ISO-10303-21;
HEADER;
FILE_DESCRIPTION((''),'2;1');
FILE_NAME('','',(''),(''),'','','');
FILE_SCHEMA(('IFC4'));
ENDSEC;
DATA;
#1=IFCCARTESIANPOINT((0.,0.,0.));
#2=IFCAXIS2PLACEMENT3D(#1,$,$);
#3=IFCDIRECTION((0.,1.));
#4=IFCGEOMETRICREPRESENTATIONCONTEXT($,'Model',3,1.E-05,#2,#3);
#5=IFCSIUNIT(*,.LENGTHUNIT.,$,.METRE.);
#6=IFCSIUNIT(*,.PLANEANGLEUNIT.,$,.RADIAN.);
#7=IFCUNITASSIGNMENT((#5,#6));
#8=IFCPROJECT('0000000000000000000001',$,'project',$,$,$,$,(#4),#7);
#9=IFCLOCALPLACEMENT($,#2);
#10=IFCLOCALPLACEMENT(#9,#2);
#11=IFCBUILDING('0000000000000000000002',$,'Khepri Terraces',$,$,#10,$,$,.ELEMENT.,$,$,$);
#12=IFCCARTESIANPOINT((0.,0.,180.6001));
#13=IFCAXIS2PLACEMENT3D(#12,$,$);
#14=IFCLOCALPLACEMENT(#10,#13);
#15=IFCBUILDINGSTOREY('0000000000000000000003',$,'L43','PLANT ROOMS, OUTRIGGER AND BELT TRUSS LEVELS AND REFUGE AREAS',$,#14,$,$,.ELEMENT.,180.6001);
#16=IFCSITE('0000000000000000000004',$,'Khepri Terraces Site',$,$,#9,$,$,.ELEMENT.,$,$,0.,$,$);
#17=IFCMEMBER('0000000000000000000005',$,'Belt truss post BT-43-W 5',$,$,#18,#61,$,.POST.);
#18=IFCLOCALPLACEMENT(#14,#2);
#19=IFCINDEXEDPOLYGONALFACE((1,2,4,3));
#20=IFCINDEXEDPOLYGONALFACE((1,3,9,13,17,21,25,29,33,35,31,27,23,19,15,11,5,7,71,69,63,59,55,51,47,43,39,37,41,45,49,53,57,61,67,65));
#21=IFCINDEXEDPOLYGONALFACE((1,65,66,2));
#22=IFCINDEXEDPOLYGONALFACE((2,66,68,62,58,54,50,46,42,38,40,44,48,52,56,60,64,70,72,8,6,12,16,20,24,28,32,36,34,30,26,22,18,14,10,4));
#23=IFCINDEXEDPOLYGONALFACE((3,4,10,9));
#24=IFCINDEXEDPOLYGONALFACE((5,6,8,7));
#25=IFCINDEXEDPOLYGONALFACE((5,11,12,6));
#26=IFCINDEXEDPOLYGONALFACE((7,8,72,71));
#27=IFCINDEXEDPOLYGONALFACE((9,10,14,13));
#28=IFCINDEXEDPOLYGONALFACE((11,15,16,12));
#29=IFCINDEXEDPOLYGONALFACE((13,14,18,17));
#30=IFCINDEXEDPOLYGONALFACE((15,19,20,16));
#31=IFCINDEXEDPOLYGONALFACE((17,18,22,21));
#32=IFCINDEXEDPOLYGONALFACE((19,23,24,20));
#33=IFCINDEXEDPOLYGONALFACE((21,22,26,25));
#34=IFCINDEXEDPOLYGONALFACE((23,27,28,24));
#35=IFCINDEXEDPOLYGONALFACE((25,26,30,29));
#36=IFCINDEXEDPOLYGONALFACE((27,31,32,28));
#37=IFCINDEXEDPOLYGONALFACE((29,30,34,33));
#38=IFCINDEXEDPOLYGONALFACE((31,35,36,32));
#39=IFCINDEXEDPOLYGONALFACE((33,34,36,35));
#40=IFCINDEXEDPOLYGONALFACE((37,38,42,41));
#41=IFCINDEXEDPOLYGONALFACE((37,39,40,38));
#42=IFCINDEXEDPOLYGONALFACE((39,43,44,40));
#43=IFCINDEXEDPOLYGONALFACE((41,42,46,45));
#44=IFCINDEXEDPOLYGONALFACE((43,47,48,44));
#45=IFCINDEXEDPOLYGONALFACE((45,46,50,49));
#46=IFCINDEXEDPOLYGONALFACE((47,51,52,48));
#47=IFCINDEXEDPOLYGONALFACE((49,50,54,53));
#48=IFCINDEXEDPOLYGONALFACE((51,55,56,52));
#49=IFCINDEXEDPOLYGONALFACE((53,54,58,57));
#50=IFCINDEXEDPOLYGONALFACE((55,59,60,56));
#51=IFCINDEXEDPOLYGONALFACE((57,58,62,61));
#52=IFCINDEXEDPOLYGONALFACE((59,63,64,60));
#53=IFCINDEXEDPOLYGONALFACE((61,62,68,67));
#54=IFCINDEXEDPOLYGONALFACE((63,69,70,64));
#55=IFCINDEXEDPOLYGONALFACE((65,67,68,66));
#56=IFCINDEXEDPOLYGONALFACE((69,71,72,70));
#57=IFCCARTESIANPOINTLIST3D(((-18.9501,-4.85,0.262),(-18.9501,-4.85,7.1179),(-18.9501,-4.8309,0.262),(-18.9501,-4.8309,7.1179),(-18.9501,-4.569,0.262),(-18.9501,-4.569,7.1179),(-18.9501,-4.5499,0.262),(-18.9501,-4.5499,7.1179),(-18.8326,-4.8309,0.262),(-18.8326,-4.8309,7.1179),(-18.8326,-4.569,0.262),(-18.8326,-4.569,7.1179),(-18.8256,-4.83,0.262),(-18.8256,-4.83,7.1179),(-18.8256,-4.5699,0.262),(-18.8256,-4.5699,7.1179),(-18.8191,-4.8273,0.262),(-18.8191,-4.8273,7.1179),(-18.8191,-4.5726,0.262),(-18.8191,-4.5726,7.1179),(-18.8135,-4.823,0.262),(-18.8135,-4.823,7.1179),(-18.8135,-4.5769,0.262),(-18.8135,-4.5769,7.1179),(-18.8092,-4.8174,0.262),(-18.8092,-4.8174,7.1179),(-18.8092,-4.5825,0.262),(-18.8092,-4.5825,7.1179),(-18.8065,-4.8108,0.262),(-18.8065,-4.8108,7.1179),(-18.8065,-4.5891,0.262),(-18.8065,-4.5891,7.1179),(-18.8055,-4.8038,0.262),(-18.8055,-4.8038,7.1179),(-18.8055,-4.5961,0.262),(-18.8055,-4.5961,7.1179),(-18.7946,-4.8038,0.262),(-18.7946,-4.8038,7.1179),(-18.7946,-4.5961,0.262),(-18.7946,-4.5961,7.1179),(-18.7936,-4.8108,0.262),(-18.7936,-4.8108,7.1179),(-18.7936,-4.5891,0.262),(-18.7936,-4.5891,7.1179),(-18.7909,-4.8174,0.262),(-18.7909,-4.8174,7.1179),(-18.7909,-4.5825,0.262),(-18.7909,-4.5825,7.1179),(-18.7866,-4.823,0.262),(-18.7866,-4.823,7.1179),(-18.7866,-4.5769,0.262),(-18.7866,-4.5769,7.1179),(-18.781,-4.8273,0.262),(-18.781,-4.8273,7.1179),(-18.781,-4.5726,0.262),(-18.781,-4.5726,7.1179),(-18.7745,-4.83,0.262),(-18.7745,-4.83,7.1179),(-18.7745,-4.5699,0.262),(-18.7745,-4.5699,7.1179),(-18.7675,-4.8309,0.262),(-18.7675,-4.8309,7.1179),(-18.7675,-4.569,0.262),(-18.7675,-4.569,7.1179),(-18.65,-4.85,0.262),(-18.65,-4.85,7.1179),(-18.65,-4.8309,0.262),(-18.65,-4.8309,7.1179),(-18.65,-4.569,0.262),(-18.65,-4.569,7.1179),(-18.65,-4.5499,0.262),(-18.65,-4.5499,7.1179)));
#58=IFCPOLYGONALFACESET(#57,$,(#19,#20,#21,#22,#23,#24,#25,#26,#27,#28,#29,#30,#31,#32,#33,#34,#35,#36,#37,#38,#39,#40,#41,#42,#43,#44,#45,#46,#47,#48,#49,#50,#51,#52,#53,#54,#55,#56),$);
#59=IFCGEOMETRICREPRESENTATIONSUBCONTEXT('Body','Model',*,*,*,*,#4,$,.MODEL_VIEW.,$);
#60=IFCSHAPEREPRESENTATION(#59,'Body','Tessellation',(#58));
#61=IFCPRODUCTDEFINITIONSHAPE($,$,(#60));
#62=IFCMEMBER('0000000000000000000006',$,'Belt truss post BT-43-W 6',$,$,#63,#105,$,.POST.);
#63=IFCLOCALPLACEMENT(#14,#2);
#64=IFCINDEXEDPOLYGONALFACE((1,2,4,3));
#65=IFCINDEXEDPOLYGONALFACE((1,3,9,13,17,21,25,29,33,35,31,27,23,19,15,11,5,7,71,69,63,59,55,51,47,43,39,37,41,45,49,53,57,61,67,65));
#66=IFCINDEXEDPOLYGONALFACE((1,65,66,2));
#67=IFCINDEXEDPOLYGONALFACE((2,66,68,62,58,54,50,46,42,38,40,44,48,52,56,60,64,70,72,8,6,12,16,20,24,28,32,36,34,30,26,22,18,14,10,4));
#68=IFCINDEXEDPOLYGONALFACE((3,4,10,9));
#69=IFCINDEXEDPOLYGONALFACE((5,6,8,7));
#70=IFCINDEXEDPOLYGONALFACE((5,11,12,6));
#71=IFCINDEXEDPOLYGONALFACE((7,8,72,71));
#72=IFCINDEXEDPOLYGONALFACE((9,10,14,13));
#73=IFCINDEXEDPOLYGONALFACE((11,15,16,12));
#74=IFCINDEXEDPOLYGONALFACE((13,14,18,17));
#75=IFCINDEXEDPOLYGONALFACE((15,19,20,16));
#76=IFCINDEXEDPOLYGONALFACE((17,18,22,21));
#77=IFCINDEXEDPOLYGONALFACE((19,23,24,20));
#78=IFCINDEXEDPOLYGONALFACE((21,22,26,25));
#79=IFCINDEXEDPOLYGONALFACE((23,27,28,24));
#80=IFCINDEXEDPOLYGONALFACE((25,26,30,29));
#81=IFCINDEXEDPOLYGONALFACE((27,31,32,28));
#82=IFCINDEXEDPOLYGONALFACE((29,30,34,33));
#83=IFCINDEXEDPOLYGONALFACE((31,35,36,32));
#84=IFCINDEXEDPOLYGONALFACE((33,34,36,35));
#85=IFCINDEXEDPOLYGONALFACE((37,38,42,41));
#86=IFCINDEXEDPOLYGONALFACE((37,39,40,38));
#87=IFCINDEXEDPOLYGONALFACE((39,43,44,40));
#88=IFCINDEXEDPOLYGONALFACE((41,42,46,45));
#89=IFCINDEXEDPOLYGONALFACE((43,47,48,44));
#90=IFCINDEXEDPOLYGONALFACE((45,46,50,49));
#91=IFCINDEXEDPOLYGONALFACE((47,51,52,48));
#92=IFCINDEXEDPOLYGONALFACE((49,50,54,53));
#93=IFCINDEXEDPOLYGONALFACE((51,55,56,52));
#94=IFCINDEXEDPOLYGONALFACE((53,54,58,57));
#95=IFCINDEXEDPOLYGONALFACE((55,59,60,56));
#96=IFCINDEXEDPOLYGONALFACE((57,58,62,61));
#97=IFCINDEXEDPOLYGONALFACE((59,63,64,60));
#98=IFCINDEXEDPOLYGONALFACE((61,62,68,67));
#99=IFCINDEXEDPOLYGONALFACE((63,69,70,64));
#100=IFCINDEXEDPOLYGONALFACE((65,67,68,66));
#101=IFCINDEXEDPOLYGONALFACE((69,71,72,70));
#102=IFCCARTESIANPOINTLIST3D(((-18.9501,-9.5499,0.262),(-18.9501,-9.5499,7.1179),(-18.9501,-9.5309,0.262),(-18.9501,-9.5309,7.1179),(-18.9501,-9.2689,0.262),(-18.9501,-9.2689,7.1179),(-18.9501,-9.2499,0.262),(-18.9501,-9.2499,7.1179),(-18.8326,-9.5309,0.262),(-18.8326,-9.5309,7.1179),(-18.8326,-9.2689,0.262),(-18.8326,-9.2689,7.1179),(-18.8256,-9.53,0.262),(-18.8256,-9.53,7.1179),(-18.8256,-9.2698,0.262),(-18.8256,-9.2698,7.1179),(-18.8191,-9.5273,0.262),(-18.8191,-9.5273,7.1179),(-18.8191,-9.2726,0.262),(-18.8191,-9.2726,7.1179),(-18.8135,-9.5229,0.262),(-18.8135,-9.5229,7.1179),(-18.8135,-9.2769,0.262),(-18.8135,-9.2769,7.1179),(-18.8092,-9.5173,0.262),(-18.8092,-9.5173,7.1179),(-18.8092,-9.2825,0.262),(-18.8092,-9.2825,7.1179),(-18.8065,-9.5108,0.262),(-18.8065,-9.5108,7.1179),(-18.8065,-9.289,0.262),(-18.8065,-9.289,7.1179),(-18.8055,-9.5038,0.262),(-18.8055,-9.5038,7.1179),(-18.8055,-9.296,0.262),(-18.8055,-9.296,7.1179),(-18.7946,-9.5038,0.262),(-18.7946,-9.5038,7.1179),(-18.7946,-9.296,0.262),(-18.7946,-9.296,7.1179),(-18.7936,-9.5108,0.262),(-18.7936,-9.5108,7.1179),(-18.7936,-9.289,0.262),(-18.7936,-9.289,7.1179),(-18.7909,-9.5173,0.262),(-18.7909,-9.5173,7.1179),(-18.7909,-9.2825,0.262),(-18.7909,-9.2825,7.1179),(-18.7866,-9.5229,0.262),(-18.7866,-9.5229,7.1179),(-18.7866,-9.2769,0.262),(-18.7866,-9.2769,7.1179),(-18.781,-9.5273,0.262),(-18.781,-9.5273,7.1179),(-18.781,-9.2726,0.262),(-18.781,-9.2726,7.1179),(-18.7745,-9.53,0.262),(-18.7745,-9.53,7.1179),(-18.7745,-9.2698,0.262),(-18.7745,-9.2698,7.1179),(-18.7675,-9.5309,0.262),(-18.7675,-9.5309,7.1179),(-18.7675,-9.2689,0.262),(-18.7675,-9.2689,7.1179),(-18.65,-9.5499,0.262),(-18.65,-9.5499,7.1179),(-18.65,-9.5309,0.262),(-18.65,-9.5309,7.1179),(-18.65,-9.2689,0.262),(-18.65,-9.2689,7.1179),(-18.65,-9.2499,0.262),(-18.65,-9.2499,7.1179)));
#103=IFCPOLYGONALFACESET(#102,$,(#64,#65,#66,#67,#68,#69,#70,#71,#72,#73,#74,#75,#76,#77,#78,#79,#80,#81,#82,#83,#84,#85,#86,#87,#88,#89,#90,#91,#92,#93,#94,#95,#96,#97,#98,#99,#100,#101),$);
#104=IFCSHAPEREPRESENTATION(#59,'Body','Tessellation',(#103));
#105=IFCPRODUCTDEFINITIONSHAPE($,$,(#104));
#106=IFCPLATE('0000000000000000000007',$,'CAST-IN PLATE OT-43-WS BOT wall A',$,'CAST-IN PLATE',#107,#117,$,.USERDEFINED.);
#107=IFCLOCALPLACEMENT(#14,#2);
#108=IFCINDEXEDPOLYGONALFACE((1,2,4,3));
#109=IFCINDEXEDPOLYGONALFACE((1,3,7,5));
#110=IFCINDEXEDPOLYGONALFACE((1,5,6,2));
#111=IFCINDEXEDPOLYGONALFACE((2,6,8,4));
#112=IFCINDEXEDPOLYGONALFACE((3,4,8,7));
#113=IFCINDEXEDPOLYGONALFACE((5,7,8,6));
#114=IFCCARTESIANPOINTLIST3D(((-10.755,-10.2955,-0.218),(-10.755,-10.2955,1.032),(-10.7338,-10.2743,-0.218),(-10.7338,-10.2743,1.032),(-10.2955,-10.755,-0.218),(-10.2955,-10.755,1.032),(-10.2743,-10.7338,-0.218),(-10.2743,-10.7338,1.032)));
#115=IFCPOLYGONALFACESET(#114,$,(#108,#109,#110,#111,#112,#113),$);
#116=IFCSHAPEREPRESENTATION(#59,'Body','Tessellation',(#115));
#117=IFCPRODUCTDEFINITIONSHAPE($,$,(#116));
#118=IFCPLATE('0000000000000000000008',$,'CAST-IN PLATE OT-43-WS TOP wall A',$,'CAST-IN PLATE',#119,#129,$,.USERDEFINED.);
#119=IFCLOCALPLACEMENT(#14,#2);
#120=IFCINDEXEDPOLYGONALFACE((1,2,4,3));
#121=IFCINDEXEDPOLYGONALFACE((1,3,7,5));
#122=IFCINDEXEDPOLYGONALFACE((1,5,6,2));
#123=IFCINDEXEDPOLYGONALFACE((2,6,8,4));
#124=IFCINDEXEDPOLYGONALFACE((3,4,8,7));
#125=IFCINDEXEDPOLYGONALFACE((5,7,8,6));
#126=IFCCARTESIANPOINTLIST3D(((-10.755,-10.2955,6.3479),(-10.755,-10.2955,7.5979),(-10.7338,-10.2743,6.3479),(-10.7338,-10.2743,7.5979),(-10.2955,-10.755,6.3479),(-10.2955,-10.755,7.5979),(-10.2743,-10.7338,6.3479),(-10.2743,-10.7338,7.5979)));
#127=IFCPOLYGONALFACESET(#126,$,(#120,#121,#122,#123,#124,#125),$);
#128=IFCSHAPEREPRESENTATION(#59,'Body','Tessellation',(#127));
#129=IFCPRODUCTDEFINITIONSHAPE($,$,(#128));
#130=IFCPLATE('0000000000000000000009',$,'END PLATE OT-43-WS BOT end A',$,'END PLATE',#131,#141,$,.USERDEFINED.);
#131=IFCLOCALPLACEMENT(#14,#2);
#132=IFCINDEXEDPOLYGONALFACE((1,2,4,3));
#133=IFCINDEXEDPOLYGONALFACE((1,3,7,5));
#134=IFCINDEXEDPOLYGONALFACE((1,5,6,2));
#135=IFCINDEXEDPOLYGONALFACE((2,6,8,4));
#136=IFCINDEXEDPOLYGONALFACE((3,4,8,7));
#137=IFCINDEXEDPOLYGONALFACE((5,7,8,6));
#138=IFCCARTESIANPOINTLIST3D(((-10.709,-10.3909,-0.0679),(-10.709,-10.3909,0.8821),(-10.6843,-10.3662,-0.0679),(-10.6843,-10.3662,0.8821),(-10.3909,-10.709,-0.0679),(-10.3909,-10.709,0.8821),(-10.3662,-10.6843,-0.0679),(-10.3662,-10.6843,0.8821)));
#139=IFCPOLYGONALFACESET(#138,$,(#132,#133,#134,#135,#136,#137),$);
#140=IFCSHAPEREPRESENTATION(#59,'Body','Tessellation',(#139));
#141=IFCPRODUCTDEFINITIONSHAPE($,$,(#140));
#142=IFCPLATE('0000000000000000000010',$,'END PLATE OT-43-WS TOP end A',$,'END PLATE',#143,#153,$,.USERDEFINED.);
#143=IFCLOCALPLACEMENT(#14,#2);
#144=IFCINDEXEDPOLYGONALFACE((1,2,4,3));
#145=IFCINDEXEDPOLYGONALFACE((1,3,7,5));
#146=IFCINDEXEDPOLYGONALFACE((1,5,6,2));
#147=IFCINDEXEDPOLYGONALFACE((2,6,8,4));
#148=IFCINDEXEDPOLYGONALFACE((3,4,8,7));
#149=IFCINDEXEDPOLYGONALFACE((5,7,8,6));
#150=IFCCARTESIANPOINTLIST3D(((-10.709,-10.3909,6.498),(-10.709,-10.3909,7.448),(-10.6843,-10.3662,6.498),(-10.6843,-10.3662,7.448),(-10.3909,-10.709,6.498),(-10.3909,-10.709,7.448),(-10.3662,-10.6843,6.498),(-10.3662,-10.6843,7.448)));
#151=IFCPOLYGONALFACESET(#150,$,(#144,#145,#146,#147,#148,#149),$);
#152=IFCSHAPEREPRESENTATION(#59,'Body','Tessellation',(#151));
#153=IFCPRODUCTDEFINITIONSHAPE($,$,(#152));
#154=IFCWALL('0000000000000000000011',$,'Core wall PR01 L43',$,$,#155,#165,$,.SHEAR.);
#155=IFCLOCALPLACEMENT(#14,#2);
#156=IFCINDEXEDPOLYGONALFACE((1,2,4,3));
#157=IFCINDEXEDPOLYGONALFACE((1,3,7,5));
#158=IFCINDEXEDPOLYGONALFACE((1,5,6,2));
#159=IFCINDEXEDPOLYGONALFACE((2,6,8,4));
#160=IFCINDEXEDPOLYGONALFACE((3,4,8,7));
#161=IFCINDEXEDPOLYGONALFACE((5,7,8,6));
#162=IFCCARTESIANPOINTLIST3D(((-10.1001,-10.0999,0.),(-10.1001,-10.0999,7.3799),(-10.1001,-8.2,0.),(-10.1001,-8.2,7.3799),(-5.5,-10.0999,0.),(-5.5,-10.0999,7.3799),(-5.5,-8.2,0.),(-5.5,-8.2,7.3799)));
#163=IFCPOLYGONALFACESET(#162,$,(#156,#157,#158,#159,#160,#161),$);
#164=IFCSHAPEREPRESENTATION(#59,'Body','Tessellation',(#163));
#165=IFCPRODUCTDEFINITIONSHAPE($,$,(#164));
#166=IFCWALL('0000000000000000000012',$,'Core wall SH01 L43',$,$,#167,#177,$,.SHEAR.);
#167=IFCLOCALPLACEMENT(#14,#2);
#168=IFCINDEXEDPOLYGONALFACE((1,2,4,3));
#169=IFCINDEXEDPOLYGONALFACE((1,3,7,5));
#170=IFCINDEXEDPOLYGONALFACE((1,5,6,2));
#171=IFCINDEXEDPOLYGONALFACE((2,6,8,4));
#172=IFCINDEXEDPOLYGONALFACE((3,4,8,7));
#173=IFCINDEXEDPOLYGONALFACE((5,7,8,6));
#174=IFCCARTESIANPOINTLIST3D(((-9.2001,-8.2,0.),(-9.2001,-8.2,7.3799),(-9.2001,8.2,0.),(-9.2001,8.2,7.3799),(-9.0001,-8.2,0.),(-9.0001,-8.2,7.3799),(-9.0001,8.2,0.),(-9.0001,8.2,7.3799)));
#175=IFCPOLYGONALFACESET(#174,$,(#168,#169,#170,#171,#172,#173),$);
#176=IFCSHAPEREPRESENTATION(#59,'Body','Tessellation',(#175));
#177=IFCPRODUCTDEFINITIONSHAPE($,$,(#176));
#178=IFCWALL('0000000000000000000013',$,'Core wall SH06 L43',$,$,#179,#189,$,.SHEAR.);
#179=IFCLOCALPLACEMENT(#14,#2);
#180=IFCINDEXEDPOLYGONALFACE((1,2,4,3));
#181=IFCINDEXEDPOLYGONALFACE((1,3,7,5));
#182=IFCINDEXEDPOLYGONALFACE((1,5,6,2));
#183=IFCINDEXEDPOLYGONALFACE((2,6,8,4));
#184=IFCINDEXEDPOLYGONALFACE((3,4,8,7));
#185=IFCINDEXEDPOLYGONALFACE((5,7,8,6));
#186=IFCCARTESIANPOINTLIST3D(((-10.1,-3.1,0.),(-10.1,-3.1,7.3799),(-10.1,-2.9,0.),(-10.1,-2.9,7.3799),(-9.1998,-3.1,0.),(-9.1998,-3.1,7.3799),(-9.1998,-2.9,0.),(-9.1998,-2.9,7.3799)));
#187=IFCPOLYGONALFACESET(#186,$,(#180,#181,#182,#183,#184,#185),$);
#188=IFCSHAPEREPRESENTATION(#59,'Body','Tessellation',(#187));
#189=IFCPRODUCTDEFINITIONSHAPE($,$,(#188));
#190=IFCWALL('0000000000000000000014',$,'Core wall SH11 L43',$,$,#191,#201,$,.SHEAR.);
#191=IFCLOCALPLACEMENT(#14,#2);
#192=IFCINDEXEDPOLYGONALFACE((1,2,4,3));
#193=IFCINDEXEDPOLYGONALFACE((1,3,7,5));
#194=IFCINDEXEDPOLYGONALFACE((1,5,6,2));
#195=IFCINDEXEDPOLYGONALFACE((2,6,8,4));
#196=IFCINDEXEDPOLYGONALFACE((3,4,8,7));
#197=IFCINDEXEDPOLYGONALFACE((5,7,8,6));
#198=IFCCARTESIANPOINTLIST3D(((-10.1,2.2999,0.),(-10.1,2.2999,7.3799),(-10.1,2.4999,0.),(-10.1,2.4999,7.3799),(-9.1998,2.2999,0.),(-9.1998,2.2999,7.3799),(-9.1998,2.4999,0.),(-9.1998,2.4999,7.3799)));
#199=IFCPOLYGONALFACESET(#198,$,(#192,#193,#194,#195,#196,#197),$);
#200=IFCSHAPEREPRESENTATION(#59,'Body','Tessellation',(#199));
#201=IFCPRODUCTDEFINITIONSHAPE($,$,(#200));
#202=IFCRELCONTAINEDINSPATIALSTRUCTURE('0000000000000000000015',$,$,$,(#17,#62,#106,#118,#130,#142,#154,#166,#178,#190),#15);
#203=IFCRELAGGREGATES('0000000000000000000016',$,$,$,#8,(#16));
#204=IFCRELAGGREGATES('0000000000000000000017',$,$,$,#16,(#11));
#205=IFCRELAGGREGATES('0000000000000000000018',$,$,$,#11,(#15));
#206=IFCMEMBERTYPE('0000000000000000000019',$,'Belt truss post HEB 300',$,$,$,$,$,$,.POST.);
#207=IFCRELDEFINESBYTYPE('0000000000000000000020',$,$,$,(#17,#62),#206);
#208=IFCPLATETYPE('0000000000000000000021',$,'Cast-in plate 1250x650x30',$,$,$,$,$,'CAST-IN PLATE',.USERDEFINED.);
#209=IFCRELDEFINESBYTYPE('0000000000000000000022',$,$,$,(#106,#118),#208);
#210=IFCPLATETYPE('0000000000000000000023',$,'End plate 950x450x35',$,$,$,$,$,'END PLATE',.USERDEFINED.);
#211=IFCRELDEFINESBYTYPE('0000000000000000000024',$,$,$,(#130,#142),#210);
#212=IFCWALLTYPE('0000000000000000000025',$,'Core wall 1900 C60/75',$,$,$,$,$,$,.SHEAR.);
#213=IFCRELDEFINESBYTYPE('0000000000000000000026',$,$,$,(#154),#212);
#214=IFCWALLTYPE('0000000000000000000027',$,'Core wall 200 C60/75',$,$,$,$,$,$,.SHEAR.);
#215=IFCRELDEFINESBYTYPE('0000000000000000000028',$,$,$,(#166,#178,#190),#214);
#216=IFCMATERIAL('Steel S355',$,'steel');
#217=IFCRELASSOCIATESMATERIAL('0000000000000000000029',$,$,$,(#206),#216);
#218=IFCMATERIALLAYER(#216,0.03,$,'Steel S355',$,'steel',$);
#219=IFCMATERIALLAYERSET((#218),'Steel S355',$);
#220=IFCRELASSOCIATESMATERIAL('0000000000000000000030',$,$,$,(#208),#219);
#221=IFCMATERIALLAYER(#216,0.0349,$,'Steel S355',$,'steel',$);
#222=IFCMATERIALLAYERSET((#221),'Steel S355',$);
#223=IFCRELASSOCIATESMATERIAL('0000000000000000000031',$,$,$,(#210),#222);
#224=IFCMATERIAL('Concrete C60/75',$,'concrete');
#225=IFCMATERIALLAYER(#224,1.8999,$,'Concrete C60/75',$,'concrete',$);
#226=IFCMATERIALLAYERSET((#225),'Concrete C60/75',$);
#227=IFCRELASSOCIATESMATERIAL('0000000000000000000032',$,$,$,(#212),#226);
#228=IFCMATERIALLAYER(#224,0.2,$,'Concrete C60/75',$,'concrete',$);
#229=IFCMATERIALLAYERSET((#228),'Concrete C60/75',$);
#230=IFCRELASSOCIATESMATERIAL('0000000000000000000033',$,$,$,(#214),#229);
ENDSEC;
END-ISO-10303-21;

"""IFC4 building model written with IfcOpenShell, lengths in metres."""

from ifc_helpers import new_model, si_unit, direction, frame, frame_2d, origin, origin_2d, place, context, subcontext, project, spatial, rectangle, i_section, extrude, material, layer, layer_set, material_profile, profile_set, type_object, element, save


model = new_model("IFC4")

# Units and contexts
model_context = context("Model", 3, precision=1e-05, world=origin(), true_north=direction((0.0, 1.0)))
body_context = subcontext(model_context, "Body", "Model", "MODEL_VIEW")
ifc_project = project(units=[si_unit("LENGTHUNIT", "METRE"), si_unit("PLANEANGLEUNIT", "RADIAN")], contexts=[model_context])

# Site, building, storey
site_placement = place(None, origin())
site = spatial("IfcSite", under=ifc_project, at=site_placement, Name="Khepri Terraces Site", CompositionType="ELEMENT", RefElevation=0.0)
building_placement = place(site_placement, origin())
building = spatial("IfcBuilding", under=site, at=building_placement, Name="Khepri Terraces", CompositionType="ELEMENT")
storey_placement = place(building_placement, frame((0.0, 0.0, 180.6001)))
storey = spatial("IfcBuildingStorey", under=building, at=storey_placement, Name="L43", Description="PLANT ROOMS, OUTRIGGER AND BELT TRUSS LEVELS AND REFUGE AREAS", CompositionType="ELEMENT", Elevation=180.6001)

# Shared definitions
ifc_material_1 = material(Name="Concrete C60/75", Category="concrete")

# Members
ifc_material_2 = material(Name="Steel S355", Category="steel")
ifc_material_profile_1 = material_profile(ifc_material_2, i_section(OverallWidth=0.3, OverallDepth=0.3, WebThickness=0.011, FlangeThickness=0.019, FilletRadius=0.0271, at=origin_2d()), Name="Steel S355", Category="steel")
ifc_profile_set_1 = profile_set([ifc_material_profile_1], Name="Steel S355")
member_type_1 = type_object("IfcMemberType", Name="Belt truss post HEB 300", PredefinedType="POST", material=ifc_profile_set_1)
for number, where, z_axis, x_axis, name in (
    (1, (-18.8, -4.7, 0.262), (0.0, 0.0, 1.0), (1.0, 0.0, 0.0), "Belt truss post BT-43-W 5"),
    (2, (-18.8, -9.3999, 0.262), (0.0, 0.0, 1.0), (1.0, 0.0, 0.0), "Belt truss post BT-43-W 6"),
):
    element("IfcMember", number, at=place(storey_placement, frame(where, z_axis=z_axis, x_axis=x_axis)), inside=storey, type_object=member_type_1, Name=name, PredefinedType="POST", context=body_context, shape_type="SweptSolid", body=[
        extrude(i_section(OverallWidth=0.3, OverallDepth=0.3, WebThickness=0.011, FlangeThickness=0.019, FilletRadius=0.0271, at=origin_2d()), origin(), (0.0, 0.0, 1.0), 6.856),
    ])

# Plates
ifc_layer_1 = layer(ifc_material_2, 0.03, Name="Steel S355", Category="steel")
ifc_layer_set_1 = layer_set([ifc_layer_1], Name="Steel S355")
plate_type_1 = type_object("IfcPlateType", Name="Cast-in plate 1250x650x30", ElementType="CAST-IN PLATE", PredefinedType="USERDEFINED", material=ifc_layer_set_1)
for number, where, z_axis, x_axis, name in (
    (3, (-10.5146, -10.5146, -0.218), (0.0, 0.0, 1.0), (-0.707107, -0.707107, 0.0), "CAST-IN PLATE OT-43-WS BOT wall A"),
    (4, (-10.5146, -10.5146, 6.3479), (0.0, 0.0, 1.0), (-0.707107, -0.707107, 0.0), "CAST-IN PLATE OT-43-WS TOP wall A"),
):
    element("IfcPlate", number, at=place(storey_placement, frame(where, z_axis=z_axis, x_axis=x_axis)), inside=storey, type_object=plate_type_1, Name=name, ObjectType="CAST-IN PLATE", PredefinedType="USERDEFINED", context=body_context, shape_type="SweptSolid", body=[
        extrude(rectangle(XDim=0.03, YDim=0.6499, at=origin_2d()), origin(), (0.0, 0.0, 1.0), 1.25),
    ])
ifc_layer_2 = layer(ifc_material_2, 0.0349, Name="Steel S355", Category="steel")
ifc_layer_set_2 = layer_set([ifc_layer_2], Name="Steel S355")
plate_type_2 = type_object("IfcPlateType", Name="End plate 950x450x35", ElementType="END PLATE", PredefinedType="USERDEFINED", material=ifc_layer_set_2)
for number, where, z_axis, x_axis, name in (
    (5, (-10.5376, -10.5376, -0.0679), (0.0, 0.0, 1.0), (-0.707107, -0.707107, 0.0), "END PLATE OT-43-WS BOT end A"),
    (6, (-10.5376, -10.5376, 6.498), (0.0, 0.0, 1.0), (-0.707107, -0.707107, 0.0), "END PLATE OT-43-WS TOP end A"),
):
    element("IfcPlate", number, at=place(storey_placement, frame(where, z_axis=z_axis, x_axis=x_axis)), inside=storey, type_object=plate_type_2, Name=name, ObjectType="END PLATE", PredefinedType="USERDEFINED", context=body_context, shape_type="SweptSolid", body=[
        extrude(rectangle(XDim=0.0349, YDim=0.45, at=origin_2d()), origin(), (0.0, 0.0, 1.0), 0.95),
    ])

# Walls
ifc_layer_3 = layer(ifc_material_1, 1.8999, Name="Concrete C60/75", Category="concrete")
ifc_layer_set_3 = layer_set([ifc_layer_3], Name="Concrete C60/75")
wall_type_1 = type_object("IfcWallType", Name="Core wall 1900 C60/75", PredefinedType="SHEAR", material=ifc_layer_set_3)
wall_1_placement = place(storey_placement, frame((-10.1001, -9.1499, 0.0), z_axis=(0.0, 0.0, 1.0), x_axis=(1.0, 0.0, 0.0)))
element("IfcWall", 7, at=wall_1_placement, inside=storey, type_object=wall_type_1, Name="Core wall PR01 L43", PredefinedType="SHEAR", context=body_context, shape_type="SweptSolid", body=[
    extrude(rectangle(XDim=4.6001, YDim=1.8999, at=frame_2d((2.3, 0.0))), origin(), (0.0, 0.0, 1.0), 7.3799),
])
ifc_layer_4 = layer(ifc_material_1, 0.2, Name="Concrete C60/75", Category="concrete")
ifc_layer_set_4 = layer_set([ifc_layer_4], Name="Concrete C60/75")
wall_type_2 = type_object("IfcWallType", Name="Core wall 200 C60/75", PredefinedType="SHEAR", material=ifc_layer_set_4)
wall_2_placement = place(storey_placement, frame((-9.1001, -8.2, 0.0), z_axis=(0.0, 0.0, 1.0), x_axis=(0.0, 1.0, 0.0)))
element("IfcWall", 8, at=wall_2_placement, inside=storey, type_object=wall_type_2, Name="Core wall SH01 L43", PredefinedType="SHEAR", context=body_context, shape_type="SweptSolid", body=[
    extrude(rectangle(XDim=16.3999, YDim=0.2, at=frame_2d((8.2, 0.0))), origin(), (0.0, 0.0, 1.0), 7.3799),
])
for number, where, z_axis, x_axis, name in (
    (9, (-10.1001, -3.0, 0.0), (0.0, 0.0, 1.0), (1.0, 0.0, 0.0), "Core wall SH06 L43"),
    (10, (-10.1001, 2.3999, 0.0), (0.0, 0.0, 1.0), (1.0, 0.0, 0.0), "Core wall SH11 L43"),
):
    element("IfcWall", number, at=place(storey_placement, frame(where, z_axis=z_axis, x_axis=x_axis)), inside=storey, type_object=wall_type_2, Name=name, PredefinedType="SHEAR", context=body_context, shape_type="SweptSolid", body=[
        extrude(rectangle(XDim=0.9001, YDim=0.2, at=frame_2d((0.4502, 0.0))), origin(), (0.0, 0.0, 1.0), 7.3799),
    ])

save(model, "model.ifc")
